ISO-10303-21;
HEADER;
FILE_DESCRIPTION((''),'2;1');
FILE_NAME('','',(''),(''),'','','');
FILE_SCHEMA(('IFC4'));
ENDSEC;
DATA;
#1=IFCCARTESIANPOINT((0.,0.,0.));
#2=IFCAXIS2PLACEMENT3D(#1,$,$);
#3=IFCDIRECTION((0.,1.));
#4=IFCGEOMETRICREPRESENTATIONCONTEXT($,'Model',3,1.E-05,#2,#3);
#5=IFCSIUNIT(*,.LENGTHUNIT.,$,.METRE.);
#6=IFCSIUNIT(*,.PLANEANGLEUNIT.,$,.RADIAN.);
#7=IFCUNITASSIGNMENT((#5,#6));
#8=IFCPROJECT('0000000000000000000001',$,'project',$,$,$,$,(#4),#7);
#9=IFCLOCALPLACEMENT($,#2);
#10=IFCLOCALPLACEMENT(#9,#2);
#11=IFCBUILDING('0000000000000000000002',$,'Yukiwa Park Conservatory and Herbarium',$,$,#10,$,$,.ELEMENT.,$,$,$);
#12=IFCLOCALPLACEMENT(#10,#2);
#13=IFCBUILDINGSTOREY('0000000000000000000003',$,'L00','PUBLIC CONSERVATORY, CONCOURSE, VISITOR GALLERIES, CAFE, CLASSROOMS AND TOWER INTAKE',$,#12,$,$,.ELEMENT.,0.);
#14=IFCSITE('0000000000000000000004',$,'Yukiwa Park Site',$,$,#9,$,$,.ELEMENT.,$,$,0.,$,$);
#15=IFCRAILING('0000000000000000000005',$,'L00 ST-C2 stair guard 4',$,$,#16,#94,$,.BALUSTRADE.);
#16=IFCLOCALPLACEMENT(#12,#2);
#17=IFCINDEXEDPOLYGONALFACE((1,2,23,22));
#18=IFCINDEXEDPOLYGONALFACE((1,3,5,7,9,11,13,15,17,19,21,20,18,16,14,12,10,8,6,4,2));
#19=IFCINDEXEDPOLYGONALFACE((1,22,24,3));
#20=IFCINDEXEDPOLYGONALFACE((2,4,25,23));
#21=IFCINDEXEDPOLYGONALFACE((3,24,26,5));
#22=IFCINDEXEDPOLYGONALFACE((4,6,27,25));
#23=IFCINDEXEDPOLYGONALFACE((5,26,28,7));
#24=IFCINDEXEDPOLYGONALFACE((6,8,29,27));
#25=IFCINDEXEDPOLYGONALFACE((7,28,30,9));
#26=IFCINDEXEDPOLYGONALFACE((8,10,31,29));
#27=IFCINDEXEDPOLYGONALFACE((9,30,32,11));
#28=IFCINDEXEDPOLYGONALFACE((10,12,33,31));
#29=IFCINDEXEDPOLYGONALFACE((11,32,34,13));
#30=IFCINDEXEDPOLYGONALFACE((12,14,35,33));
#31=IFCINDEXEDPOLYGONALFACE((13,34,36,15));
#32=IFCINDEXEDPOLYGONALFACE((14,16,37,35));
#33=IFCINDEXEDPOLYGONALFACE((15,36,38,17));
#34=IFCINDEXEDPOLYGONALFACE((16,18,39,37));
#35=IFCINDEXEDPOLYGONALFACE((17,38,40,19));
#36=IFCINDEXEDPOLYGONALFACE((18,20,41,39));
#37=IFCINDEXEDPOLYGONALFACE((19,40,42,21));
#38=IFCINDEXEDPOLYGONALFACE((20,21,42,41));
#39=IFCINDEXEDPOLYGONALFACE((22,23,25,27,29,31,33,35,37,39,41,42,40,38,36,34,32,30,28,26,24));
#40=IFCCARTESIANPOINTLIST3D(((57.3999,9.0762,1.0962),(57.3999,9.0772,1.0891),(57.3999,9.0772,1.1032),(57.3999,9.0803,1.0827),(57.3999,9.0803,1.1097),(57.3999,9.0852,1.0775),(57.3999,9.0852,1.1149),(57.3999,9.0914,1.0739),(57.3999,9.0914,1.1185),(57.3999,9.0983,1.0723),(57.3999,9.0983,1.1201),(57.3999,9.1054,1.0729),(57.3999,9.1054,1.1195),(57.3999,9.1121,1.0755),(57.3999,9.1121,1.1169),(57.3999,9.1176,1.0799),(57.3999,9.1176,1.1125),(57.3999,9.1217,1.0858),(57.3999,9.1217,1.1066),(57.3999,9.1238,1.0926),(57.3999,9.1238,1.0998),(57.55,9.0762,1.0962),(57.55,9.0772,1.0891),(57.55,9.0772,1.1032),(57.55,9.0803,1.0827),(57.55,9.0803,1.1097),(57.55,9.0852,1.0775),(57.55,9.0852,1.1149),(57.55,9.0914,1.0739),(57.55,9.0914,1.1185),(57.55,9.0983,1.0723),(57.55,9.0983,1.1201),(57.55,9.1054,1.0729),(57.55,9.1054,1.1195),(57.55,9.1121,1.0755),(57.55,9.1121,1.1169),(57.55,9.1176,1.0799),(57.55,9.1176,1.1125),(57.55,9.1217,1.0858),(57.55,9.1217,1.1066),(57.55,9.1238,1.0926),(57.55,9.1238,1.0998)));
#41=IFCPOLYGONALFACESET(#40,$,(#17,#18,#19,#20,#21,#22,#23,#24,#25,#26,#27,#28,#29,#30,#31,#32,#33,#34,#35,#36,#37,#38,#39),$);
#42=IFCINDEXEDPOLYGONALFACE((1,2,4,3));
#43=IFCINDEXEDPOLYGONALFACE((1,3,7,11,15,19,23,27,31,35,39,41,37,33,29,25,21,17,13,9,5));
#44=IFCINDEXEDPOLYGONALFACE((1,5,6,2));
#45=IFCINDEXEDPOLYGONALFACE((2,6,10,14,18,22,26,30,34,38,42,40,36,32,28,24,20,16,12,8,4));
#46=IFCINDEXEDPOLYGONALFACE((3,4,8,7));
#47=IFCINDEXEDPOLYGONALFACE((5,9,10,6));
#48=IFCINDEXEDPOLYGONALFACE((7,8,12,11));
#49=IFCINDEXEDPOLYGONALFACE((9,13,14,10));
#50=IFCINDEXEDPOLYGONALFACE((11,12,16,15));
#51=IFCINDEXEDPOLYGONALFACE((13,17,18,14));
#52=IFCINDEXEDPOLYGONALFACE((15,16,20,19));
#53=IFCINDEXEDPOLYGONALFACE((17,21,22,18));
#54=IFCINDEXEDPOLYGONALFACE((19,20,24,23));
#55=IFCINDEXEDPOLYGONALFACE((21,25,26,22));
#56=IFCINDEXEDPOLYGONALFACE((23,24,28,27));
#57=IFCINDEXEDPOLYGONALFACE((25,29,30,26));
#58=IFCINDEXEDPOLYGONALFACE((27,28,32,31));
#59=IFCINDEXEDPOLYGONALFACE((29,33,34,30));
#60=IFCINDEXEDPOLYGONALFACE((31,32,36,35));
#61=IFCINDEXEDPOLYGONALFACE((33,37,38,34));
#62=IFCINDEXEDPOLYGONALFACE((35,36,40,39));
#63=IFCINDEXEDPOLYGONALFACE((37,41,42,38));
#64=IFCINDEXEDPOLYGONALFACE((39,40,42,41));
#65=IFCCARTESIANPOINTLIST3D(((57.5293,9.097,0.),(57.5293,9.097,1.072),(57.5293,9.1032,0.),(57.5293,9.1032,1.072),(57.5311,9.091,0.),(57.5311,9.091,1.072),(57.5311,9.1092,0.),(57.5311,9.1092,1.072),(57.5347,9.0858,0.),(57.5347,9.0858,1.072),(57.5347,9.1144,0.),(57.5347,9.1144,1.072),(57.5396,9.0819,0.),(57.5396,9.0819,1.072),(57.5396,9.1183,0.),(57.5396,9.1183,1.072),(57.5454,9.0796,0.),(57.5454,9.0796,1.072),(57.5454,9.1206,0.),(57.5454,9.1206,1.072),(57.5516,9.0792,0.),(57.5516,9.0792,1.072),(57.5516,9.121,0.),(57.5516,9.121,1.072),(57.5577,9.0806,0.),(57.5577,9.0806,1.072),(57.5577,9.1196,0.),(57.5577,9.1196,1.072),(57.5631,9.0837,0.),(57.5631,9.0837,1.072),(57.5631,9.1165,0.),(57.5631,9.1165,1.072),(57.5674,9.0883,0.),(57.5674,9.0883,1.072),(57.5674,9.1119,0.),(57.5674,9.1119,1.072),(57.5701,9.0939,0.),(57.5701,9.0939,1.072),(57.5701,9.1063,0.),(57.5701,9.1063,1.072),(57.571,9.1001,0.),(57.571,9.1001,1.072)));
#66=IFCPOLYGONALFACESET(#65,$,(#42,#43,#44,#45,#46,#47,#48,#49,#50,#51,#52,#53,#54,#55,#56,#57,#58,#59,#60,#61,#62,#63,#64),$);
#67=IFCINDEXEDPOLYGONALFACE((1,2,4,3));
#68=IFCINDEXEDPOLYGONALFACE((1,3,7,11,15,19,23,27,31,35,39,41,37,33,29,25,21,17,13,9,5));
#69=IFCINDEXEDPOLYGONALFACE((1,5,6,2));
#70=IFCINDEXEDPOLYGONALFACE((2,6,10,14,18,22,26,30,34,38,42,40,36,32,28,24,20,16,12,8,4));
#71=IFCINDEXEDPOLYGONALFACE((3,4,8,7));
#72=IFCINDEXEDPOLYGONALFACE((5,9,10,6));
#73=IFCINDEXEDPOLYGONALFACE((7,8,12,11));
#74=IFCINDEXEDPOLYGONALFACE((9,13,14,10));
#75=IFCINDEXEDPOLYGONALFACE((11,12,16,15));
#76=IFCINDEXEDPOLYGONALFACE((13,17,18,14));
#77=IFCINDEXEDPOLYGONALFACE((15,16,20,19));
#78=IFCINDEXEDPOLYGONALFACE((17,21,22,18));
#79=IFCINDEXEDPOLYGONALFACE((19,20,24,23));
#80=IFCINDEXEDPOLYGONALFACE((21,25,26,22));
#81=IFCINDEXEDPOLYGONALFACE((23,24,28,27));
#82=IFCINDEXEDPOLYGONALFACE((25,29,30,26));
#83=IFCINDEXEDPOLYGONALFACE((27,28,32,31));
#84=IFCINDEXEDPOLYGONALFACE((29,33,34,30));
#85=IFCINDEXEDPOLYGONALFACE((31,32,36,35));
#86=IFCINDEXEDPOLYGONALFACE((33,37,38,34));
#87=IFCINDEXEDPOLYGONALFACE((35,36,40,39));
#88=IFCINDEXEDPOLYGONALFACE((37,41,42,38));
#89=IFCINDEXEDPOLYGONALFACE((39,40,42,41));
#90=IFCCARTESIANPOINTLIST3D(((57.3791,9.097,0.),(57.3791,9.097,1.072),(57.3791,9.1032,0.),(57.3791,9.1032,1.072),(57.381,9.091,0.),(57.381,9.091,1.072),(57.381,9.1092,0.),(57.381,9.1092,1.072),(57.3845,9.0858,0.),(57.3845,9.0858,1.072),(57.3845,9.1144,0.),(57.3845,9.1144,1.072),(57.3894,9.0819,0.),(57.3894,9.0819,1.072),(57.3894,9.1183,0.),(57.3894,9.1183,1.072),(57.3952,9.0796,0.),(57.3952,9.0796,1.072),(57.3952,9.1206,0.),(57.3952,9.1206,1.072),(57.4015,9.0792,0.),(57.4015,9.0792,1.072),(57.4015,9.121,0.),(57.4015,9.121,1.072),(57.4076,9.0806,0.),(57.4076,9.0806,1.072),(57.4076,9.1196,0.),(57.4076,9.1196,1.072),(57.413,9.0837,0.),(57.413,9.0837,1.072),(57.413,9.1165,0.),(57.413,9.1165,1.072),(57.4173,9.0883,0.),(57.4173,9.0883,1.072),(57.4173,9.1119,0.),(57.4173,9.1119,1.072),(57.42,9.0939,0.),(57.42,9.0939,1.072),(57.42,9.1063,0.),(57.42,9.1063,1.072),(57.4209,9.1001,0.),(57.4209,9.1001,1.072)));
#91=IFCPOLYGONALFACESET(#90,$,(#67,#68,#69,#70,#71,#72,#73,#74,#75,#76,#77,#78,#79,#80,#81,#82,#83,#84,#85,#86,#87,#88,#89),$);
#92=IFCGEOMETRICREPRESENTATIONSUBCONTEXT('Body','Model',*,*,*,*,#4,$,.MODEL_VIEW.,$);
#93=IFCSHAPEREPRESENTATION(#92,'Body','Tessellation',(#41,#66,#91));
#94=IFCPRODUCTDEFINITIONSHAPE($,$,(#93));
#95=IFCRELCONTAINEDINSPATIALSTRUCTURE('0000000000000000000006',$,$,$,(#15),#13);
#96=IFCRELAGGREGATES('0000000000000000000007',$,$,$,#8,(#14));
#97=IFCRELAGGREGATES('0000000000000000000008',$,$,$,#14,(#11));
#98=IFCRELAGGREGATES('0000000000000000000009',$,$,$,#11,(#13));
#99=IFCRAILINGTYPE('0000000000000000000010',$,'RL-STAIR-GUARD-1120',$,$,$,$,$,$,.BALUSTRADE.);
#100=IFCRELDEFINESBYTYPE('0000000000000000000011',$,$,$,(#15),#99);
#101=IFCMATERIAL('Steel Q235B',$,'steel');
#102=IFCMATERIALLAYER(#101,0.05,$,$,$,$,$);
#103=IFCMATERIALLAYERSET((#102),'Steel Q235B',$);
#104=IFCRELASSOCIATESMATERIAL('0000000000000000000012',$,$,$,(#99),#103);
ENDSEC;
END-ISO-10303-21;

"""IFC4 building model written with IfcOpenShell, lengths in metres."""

from ifc_helpers import new_model, si_unit, direction, frame, origin, origin_2d, place, context, subcontext, project, spatial, circle, extrude, material, layer, layer_set, type_object, element, save


model = new_model("IFC4")

# Units and contexts
model_context = context("Model", 3, precision=1e-05, world=origin(), true_north=direction((0.0, 1.0)))
body_context = subcontext(model_context, "Body", "Model", "MODEL_VIEW")
ifc_project = project(units=[si_unit("LENGTHUNIT", "METRE"), si_unit("PLANEANGLEUNIT", "RADIAN")], contexts=[model_context])

# Site, building, storey
site_placement = place(None, origin())
site = spatial("IfcSite", under=ifc_project, at=site_placement, Name="Yukiwa Park Site", CompositionType="ELEMENT", RefElevation=0.0)
building_placement = place(site_placement, origin())
building = spatial("IfcBuilding", under=site, at=building_placement, Name="Yukiwa Park Conservatory and Herbarium", CompositionType="ELEMENT")
storey_placement = place(building_placement, origin())
storey = spatial("IfcBuildingStorey", under=building, at=storey_placement, Name="L00", Description="PUBLIC CONSERVATORY, CONCOURSE, VISITOR GALLERIES, CAFE, CLASSROOMS AND TOWER INTAKE", CompositionType="ELEMENT", Elevation=0.0)

# Railing
ifc_material_1 = material(Name="Steel Q235B", Category="steel")
ifc_layer_1 = layer(ifc_material_1, 0.05)
ifc_layer_set_1 = layer_set([ifc_layer_1], Name="Steel Q235B")
railing_type_1 = type_object("IfcRailingType", Name="RL-STAIR-GUARD-1120", PredefinedType="BALUSTRADE", material=ifc_layer_set_1)
railing_1_placement = place(storey_placement, frame((57.55, 9.1001, 0.0)))
element("IfcRailing", 1, at=railing_1_placement, inside=storey, type_object=railing_type_1, Name="L00 ST-C2 stair guard 4", PredefinedType="BALUSTRADE", context=body_context, shape_type="SweptSolid", body=[
    extrude(circle(Radius=0.0239, at=origin_2d()), frame((0.0, 0.0, 1.0962), z_axis=(-1.0, 0.0, 0.0), x_axis=(0.0, -1.0, 0.0)), (0.0, 0.0, 1.0), 0.1501),
    extrude(circle(Radius=0.021, at=origin_2d()), origin(), (0.0, 0.0, 1.0), 1.072),
    extrude(circle(Radius=0.021, at=origin_2d()), frame((-0.1501, 0.0, 0.0)), (0.0, 0.0, 1.0), 1.072),
])

save(model, "model.ifc")
